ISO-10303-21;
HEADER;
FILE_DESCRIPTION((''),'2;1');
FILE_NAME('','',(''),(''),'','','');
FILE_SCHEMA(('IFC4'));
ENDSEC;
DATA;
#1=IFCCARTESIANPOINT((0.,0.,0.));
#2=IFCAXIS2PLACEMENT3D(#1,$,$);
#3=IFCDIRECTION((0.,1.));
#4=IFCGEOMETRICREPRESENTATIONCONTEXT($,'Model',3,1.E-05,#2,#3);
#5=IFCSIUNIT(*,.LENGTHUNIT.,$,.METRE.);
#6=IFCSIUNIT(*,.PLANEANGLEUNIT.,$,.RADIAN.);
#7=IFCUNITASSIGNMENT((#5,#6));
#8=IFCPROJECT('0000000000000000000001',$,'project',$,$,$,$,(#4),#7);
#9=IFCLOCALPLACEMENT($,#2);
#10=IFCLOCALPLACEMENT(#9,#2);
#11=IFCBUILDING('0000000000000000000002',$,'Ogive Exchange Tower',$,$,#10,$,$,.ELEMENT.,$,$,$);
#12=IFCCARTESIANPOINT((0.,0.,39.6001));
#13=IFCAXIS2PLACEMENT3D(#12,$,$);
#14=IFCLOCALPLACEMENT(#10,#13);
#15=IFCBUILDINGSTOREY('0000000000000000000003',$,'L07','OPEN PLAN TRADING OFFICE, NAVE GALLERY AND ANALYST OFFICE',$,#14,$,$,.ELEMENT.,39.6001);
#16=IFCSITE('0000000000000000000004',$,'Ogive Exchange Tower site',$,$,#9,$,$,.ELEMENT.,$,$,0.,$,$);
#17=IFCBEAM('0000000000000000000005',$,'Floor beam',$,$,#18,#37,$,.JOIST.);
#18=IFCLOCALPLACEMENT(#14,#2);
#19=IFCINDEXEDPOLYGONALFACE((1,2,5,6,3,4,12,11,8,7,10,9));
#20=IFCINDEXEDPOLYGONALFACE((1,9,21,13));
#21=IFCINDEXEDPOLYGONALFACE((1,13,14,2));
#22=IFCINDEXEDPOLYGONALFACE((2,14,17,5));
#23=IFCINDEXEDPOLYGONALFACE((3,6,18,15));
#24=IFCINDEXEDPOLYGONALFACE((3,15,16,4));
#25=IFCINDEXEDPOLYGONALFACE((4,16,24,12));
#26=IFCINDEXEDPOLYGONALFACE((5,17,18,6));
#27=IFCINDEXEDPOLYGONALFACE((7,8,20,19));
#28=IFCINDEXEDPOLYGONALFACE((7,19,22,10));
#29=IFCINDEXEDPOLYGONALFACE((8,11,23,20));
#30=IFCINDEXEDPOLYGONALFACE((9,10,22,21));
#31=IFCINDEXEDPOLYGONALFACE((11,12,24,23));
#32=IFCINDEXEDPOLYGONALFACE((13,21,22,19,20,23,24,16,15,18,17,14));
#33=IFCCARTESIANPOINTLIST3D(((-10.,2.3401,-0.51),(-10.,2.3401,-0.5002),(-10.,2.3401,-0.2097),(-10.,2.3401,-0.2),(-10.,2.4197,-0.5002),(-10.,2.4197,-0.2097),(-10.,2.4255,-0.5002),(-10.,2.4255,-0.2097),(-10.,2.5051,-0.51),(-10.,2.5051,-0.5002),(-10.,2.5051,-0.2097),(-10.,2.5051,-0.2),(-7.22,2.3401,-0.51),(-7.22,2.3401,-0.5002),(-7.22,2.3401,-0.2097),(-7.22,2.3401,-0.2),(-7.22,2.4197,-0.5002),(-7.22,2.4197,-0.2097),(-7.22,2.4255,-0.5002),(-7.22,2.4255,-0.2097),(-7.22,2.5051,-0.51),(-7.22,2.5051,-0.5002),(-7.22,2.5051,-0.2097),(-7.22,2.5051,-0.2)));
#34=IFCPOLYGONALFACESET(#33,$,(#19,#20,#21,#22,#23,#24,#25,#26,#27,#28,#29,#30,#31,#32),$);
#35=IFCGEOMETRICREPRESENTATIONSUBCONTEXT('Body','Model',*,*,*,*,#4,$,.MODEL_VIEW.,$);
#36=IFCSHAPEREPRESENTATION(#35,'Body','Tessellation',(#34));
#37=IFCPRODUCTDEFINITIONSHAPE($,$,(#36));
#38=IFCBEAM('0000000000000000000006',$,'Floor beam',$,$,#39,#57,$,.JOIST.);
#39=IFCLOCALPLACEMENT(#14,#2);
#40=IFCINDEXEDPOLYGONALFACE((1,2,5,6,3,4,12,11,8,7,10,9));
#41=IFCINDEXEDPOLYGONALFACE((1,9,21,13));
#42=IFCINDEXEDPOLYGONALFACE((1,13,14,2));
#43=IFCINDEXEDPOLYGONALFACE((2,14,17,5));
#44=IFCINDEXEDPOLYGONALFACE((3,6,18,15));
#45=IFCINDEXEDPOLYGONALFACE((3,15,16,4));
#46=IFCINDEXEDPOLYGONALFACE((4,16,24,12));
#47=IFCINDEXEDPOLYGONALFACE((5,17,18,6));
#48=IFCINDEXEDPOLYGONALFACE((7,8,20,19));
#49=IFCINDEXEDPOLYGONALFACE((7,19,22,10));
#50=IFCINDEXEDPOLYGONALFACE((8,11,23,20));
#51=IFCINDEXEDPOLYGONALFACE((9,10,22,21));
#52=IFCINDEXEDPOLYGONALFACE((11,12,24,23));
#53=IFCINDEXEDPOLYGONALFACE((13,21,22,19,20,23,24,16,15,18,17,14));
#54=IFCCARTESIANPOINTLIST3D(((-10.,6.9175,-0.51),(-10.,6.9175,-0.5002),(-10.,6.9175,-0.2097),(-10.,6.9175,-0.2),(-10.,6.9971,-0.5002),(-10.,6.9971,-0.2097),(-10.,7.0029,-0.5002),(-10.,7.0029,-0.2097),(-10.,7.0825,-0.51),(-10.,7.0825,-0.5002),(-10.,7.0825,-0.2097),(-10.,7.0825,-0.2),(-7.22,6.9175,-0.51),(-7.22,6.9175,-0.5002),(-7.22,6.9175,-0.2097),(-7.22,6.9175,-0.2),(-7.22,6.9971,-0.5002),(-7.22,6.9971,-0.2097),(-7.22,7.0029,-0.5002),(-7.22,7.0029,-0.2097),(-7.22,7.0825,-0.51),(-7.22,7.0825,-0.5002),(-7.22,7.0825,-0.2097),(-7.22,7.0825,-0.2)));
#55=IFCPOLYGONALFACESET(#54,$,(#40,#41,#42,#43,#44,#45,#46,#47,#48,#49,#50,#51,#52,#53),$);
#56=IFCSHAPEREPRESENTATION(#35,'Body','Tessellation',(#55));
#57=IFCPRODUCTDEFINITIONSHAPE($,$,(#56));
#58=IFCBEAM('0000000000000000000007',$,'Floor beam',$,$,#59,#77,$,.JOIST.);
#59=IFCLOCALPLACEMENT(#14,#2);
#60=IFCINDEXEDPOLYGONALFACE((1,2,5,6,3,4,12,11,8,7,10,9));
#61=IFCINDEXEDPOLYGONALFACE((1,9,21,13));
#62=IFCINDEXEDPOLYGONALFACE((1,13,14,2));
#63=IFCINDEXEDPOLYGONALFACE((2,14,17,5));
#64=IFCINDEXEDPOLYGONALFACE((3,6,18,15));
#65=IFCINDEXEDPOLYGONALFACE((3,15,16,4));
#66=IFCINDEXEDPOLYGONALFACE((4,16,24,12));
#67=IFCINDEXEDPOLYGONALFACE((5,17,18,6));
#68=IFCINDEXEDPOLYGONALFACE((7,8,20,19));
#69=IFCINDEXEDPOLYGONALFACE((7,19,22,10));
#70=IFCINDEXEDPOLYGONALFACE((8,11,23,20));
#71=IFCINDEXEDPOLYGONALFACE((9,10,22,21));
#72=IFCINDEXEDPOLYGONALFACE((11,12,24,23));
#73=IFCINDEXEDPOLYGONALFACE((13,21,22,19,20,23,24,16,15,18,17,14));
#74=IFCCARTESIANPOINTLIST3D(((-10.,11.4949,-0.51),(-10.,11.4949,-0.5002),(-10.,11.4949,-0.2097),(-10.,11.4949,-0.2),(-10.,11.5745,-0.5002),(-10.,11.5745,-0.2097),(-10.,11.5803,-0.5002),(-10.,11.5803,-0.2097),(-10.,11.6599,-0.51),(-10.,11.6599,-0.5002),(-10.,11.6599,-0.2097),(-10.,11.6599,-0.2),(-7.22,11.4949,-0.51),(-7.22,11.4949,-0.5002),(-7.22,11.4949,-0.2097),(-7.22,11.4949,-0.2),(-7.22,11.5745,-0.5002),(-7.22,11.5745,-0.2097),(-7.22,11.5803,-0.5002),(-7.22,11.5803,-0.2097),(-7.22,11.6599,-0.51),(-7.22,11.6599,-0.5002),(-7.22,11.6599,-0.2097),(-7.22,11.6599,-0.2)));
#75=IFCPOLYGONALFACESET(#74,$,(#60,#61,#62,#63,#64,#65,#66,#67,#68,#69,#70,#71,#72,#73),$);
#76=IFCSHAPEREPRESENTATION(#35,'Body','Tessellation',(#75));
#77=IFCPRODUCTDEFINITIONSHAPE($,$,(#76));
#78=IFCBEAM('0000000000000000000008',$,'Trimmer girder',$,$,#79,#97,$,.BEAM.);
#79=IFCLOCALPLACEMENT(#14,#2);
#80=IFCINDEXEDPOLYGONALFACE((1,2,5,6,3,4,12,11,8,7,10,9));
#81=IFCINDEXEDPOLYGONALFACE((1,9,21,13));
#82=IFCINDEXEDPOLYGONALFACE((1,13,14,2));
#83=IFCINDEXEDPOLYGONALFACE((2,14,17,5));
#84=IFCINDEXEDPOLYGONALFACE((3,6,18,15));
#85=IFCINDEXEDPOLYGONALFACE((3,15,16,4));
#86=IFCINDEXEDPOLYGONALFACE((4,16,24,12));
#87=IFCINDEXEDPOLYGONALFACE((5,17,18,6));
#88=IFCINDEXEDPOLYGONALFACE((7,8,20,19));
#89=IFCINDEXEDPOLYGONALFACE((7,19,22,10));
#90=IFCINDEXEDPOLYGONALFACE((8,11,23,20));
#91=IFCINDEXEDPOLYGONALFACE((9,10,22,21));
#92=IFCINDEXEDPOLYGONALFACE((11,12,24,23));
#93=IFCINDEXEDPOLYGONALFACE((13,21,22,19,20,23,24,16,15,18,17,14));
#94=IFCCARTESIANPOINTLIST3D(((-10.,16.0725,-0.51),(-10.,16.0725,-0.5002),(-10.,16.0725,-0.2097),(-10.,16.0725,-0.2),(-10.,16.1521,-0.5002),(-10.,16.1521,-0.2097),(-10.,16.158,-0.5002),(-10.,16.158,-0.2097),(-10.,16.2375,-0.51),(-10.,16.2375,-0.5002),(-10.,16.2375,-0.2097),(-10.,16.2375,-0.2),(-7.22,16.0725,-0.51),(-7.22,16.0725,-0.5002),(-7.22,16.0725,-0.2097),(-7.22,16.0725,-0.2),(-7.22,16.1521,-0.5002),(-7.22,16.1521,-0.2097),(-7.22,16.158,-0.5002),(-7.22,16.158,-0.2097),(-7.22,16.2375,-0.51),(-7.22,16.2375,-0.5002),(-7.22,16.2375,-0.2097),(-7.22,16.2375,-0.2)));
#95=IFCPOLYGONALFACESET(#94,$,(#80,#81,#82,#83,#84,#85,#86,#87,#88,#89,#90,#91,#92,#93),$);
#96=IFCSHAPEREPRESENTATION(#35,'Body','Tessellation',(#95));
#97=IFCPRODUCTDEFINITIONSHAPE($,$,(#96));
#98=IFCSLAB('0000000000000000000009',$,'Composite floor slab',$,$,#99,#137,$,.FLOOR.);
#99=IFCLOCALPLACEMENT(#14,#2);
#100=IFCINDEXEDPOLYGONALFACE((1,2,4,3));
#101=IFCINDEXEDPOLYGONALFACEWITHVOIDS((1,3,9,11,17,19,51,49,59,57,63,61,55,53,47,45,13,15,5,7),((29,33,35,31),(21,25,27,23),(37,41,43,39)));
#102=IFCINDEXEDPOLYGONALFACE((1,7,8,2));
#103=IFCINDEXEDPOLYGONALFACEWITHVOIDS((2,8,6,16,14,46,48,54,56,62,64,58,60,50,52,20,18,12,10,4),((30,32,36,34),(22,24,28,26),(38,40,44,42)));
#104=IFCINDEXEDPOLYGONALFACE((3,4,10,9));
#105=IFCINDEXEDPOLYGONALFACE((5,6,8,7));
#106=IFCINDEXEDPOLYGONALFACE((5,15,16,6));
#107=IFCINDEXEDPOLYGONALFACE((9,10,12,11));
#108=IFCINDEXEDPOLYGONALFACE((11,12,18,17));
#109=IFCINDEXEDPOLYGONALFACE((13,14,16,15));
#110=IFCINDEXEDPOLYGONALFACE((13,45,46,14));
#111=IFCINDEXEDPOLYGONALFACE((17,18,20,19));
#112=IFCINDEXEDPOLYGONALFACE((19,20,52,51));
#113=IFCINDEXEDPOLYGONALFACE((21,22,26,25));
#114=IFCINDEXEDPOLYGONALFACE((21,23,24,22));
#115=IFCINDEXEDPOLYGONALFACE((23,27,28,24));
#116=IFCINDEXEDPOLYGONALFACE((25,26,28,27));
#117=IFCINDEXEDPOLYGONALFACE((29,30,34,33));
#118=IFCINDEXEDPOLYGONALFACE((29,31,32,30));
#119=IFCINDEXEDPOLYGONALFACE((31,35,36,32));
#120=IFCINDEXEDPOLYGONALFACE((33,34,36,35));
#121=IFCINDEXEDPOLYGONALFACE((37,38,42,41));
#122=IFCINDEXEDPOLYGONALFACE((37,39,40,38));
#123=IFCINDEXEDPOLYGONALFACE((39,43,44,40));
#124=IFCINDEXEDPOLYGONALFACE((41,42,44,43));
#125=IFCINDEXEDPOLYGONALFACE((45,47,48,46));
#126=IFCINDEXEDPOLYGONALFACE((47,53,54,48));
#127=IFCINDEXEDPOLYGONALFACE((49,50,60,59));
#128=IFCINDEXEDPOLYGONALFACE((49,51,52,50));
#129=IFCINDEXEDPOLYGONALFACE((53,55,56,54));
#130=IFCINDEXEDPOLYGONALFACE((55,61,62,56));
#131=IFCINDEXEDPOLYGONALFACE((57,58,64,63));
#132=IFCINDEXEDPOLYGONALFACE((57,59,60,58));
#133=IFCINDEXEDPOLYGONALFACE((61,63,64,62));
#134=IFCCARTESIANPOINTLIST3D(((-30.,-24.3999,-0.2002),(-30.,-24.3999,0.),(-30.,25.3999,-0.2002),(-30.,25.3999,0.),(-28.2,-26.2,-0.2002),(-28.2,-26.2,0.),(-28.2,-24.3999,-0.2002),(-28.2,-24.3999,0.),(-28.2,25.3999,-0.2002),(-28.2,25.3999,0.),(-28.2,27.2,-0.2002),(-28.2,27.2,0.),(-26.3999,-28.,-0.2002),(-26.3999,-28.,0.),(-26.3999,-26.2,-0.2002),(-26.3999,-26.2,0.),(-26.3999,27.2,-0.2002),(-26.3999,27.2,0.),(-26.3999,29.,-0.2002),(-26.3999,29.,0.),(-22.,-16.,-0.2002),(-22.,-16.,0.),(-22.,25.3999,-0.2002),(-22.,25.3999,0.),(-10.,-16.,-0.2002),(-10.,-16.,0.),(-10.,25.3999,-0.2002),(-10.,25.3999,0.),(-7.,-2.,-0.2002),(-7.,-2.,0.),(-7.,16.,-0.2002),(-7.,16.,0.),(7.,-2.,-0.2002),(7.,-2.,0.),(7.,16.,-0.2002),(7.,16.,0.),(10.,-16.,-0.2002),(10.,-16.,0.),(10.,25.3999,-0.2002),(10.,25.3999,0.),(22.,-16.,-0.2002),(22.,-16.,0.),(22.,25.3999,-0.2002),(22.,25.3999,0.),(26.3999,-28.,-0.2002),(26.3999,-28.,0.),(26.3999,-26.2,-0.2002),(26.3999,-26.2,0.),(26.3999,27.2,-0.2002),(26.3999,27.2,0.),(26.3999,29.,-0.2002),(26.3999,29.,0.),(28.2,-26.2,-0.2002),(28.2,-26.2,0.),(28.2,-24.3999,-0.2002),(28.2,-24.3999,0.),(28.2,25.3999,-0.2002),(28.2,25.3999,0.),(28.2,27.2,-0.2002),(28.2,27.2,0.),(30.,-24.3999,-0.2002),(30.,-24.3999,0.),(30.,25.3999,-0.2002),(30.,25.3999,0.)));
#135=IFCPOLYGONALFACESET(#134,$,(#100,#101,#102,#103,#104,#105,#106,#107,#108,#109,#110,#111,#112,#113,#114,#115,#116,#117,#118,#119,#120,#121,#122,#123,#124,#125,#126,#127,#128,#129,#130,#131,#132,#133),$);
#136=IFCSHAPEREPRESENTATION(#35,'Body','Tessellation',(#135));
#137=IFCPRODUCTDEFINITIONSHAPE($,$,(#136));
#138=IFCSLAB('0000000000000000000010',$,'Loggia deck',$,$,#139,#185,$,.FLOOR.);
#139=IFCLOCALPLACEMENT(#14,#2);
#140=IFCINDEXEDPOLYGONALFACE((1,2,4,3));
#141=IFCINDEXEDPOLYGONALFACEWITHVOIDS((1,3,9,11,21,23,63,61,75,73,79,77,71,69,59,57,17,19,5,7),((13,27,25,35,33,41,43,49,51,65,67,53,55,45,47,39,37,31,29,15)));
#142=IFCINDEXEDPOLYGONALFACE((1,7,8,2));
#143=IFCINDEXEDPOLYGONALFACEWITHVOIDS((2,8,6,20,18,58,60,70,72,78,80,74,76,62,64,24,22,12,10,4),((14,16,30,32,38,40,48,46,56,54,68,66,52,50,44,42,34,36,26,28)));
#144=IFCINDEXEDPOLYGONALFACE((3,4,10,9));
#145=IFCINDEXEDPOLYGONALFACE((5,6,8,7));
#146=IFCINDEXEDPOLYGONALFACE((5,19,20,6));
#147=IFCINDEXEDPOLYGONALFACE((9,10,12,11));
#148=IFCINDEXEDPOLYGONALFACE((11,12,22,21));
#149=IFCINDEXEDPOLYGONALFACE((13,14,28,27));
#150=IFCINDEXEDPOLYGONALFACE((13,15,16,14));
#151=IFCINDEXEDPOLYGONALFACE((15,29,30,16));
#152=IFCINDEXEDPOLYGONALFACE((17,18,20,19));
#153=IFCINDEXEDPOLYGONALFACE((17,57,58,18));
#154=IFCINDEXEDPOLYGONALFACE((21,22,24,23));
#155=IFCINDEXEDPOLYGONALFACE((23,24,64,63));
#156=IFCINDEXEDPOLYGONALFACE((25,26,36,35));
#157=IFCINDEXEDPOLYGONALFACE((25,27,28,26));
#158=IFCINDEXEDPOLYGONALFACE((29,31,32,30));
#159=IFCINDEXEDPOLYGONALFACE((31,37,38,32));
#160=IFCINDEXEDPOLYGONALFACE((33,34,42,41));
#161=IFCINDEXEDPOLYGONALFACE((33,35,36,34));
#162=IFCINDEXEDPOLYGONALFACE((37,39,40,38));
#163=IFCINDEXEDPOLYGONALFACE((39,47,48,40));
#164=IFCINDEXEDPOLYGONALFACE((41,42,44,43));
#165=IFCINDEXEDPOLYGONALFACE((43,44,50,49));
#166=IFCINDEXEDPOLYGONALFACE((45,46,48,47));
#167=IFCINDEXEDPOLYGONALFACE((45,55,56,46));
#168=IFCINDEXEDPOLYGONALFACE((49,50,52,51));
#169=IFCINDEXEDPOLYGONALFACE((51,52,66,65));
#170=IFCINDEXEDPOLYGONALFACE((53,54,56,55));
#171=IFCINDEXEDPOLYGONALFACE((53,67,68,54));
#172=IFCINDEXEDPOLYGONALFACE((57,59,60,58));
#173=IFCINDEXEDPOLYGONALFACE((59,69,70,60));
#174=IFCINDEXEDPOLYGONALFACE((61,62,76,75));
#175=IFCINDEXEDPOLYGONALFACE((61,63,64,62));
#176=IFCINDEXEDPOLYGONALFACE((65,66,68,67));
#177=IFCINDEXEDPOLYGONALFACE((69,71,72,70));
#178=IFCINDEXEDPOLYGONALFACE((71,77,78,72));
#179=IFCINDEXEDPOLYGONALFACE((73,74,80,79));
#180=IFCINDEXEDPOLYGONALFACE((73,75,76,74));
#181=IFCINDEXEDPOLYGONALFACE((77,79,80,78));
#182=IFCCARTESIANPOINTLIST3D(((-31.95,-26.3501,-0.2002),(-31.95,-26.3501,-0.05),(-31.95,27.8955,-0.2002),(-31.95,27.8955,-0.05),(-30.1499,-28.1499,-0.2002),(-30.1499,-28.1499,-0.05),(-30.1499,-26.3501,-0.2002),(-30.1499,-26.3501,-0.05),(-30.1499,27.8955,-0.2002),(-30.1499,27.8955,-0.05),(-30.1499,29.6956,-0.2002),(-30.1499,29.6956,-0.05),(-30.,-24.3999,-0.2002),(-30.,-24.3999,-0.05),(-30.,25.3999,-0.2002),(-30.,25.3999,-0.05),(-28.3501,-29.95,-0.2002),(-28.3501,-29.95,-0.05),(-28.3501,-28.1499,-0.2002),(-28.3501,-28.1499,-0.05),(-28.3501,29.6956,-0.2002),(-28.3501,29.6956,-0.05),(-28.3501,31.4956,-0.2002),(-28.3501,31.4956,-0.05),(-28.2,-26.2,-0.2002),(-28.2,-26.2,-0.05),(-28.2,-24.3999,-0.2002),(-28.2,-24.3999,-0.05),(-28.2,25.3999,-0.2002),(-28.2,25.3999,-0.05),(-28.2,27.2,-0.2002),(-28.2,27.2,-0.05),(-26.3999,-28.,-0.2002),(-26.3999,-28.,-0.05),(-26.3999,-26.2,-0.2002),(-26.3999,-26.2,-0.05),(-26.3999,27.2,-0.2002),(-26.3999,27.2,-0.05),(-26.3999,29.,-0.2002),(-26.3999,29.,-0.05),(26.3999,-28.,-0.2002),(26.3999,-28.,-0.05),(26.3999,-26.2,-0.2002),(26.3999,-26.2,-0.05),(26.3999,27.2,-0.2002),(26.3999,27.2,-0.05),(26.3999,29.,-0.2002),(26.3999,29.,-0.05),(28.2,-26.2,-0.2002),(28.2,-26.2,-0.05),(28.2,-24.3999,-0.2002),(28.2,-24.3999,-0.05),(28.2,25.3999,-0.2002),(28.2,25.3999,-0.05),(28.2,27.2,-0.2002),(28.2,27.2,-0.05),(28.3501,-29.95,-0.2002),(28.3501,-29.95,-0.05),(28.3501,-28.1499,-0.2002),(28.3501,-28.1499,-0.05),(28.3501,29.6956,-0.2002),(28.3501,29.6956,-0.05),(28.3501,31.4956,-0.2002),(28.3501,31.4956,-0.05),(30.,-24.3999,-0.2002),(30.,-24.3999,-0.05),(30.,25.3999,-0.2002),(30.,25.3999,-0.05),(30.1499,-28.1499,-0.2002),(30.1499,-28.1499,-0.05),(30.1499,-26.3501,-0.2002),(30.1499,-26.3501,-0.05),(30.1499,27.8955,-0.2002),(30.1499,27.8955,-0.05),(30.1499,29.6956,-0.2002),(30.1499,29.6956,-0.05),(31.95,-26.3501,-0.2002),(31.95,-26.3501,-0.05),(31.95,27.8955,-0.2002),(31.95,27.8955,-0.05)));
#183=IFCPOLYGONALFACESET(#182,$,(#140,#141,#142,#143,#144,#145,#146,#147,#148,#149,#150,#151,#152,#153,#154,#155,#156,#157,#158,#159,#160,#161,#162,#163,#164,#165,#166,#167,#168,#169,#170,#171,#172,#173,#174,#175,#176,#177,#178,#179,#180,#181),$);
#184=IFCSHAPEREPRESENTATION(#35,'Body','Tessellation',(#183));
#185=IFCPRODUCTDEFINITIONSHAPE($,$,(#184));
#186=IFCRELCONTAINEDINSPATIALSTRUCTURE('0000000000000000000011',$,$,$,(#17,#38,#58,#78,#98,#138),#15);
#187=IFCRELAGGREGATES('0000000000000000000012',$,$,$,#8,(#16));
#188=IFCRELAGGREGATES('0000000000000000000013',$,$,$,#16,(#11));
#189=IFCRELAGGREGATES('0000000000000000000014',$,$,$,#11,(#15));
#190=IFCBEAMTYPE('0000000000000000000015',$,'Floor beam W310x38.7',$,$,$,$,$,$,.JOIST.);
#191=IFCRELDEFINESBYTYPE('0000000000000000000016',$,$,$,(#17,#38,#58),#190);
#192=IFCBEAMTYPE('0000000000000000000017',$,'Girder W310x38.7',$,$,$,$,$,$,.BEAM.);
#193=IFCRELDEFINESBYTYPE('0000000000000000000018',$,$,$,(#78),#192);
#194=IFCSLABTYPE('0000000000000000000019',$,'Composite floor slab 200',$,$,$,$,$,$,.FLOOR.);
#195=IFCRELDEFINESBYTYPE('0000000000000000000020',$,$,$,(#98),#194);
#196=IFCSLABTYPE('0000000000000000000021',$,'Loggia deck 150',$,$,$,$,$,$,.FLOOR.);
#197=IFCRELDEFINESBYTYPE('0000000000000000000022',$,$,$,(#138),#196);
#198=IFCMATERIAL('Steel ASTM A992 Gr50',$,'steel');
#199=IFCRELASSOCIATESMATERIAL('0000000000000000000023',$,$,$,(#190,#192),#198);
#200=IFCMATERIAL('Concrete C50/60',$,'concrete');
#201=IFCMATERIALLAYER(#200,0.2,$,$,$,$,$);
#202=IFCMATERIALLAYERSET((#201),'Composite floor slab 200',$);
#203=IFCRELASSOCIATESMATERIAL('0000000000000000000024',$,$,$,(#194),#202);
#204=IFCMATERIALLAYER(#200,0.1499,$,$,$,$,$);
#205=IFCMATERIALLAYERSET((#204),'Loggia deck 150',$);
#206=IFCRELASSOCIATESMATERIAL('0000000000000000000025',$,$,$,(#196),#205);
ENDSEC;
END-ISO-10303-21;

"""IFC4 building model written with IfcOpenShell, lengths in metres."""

from ifc_helpers import new_model, si_unit, direction, frame, origin, origin_2d, place, context, subcontext, project, spatial, polyline, i_section, outline, extrude, material, layer, layer_set, material_profile, profile_set, type_object, element, save


model = new_model("IFC4")

# Units and contexts
model_context = context("Model", 3, precision=1e-05, world=origin(), true_north=direction((0.0, 1.0)))
body_context = subcontext(model_context, "Body", "Model", "MODEL_VIEW")
ifc_project = project(units=[si_unit("LENGTHUNIT", "METRE"), si_unit("PLANEANGLEUNIT", "RADIAN")], contexts=[model_context])

# Site, building, storey
site_placement = place(None, origin())
site = spatial("IfcSite", under=ifc_project, at=site_placement, Name="Ogive Exchange Tower site", CompositionType="ELEMENT", RefElevation=0.0)
building_placement = place(site_placement, origin())
building = spatial("IfcBuilding", under=site, at=building_placement, Name="Ogive Exchange Tower", CompositionType="ELEMENT")
storey_placement = place(building_placement, frame((0.0, 0.0, 39.6001)))
storey = spatial("IfcBuildingStorey", under=building, at=storey_placement, Name="L07", Description="OPEN PLAN TRADING OFFICE, NAVE GALLERY AND ANALYST OFFICE", CompositionType="ELEMENT", Elevation=39.6001)

# Beams
ifc_material_1 = material(Name="Steel ASTM A992 Gr50", Category="steel")
ifc_material_profile_1 = material_profile(ifc_material_1, i_section(OverallWidth=0.165, OverallDepth=0.3101, WebThickness=0.0059, FlangeThickness=0.0098, at=origin_2d()), Name="W310x38.7")
ifc_profile_set_1 = profile_set([ifc_material_profile_1], Name="Steel ASTM A992 Gr50")
beam_type_1 = type_object("IfcBeamType", Name="Floor beam W310x38.7", PredefinedType="JOIST", material=ifc_profile_set_1)
for number, where, z_axis, x_axis, name in (
    (1, (-10.0, 2.4226, -0.355), (1.0, 0.0, 0.0), (0.0, 1.0, 0.0), "Floor beam"),
    (2, (-10.0, 7.0, -0.355), (1.0, 0.0, 0.0), (0.0, 1.0, 0.0), "Floor beam"),
    (3, (-10.0, 11.5774, -0.355), (1.0, 0.0, 0.0), (0.0, 1.0, 0.0), "Floor beam"),
):
    element("IfcBeam", number, at=place(storey_placement, frame(where, z_axis=z_axis, x_axis=x_axis)), inside=storey, type_object=beam_type_1, Name=name, PredefinedType="JOIST", context=body_context, shape_type="SweptSolid", body=[
        extrude(i_section(OverallWidth=0.165, OverallDepth=0.3101, WebThickness=0.0059, FlangeThickness=0.0098, at=origin_2d()), origin(), (0.0, 0.0, 1.0), 2.78),
    ])
ifc_material_profile_2 = material_profile(ifc_material_1, i_section(OverallWidth=0.165, OverallDepth=0.3101, WebThickness=0.0059, FlangeThickness=0.0098, at=origin_2d()), Name="W310x38.7")
ifc_profile_set_2 = profile_set([ifc_material_profile_2], Name="Steel ASTM A992 Gr50")
beam_type_2 = type_object("IfcBeamType", Name="Girder W310x38.7", PredefinedType="BEAM", material=ifc_profile_set_2)
beam_placement = place(storey_placement, frame((-10.0, 16.155, -0.355), z_axis=(1.0, 0.0, 0.0), x_axis=(0.0, 1.0, 0.0)))
element("IfcBeam", 4, at=beam_placement, inside=storey, type_object=beam_type_2, Name="Trimmer girder", PredefinedType="BEAM", context=body_context, shape_type="SweptSolid", body=[
    extrude(i_section(OverallWidth=0.165, OverallDepth=0.3101, WebThickness=0.0059, FlangeThickness=0.0098, at=origin_2d()), origin(), (0.0, 0.0, 1.0), 2.78),
])

# Slabs
ifc_material_2 = material(Name="Concrete C50/60", Category="concrete")
ifc_layer_1 = layer(ifc_material_2, 0.2)
ifc_layer_set_1 = layer_set([ifc_layer_1], Name="Composite floor slab 200")
slab_type_1 = type_object("IfcSlabType", Name="Composite floor slab 200", PredefinedType="FLOOR", material=ifc_layer_set_1)
slab_1_placement = place(storey_placement, frame((0.0, 0.0, -0.2002)))
element("IfcSlab", 5, at=slab_1_placement, inside=storey, type_object=slab_type_1, Name="Composite floor slab", PredefinedType="FLOOR", context=body_context, shape_type="SweptSolid", body=[
    extrude(outline(polyline([(-26.3999, -26.2), (-28.2, -26.2), (-28.2, -24.3999), (-30.0, -24.3999), (-30.0, 25.3999), (-28.2, 25.3999), (-28.2, 27.2), (-26.3999, 27.2), (-26.3999, 29.0), (26.3999, 29.0), (26.3999, 27.2), (28.2, 27.2), (28.2, 25.3999), (30.0, 25.3999), (30.0, -24.3999), (28.2, -24.3999), (28.2, -26.2), (26.3999, -26.2), (26.3999, -28.0), (-26.3999, -28.0), (-26.3999, -26.2)]), holes=[polyline([(-10.0, -16.0), (-10.0, 25.3999), (-22.0, 25.3999), (-22.0, -16.0), (-10.0, -16.0)]), polyline([(10.0, -16.0), (22.0, -16.0), (22.0, 25.3999), (10.0, 25.3999), (10.0, -16.0)]), polyline([(-7.0, -2.0), (7.0, -2.0), (7.0, 16.0), (-7.0, 16.0), (-7.0, -2.0)])]), origin(), (0.0, 0.0, 1.0), 0.2002),
])
ifc_layer_2 = layer(ifc_material_2, 0.1499)
ifc_layer_set_2 = layer_set([ifc_layer_2], Name="Loggia deck 150")
slab_type_2 = type_object("IfcSlabType", Name="Loggia deck 150", PredefinedType="FLOOR", material=ifc_layer_set_2)
slab_2_placement = place(storey_placement, frame((0.0, 0.0, -0.2002)))
element("IfcSlab", 6, at=slab_2_placement, inside=storey, type_object=slab_type_2, Name="Loggia deck", PredefinedType="FLOOR", context=body_context, shape_type="SweptSolid", body=[
    extrude(outline(polyline([(-28.3501, -28.1499), (-30.1499, -28.1499), (-30.1499, -26.3501), (-31.95, -26.3501), (-31.95, 27.8955), (-30.1499, 27.8955), (-30.1499, 29.6956), (-28.3501, 29.6956), (-28.3501, 31.4956), (28.3501, 31.4956), (28.3501, 29.6956), (30.1499, 29.6956), (30.1499, 27.8955), (31.95, 27.8955), (31.95, -26.3501), (30.1499, -26.3501), (30.1499, -28.1499), (28.3501, -28.1499), (28.3501, -29.95), (-28.3501, -29.95), (-28.3501, -28.1499)]), holes=[polyline([(26.3999, -26.2), (28.2, -26.2), (28.2, -24.3999), (30.0, -24.3999), (30.0, 25.3999), (28.2, 25.3999), (28.2, 27.2), (26.3999, 27.2), (26.3999, 29.0), (-26.3999, 29.0), (-26.3999, 27.2), (-28.2, 27.2), (-28.2, 25.3999), (-30.0, 25.3999), (-30.0, -24.3999), (-28.2, -24.3999), (-28.2, -26.2), (-26.3999, -26.2), (-26.3999, -28.0), (26.3999, -28.0), (26.3999, -26.2)])]), origin(), (0.0, 0.0, 1.0), 0.1501),
])

save(model, "model.ifc")
